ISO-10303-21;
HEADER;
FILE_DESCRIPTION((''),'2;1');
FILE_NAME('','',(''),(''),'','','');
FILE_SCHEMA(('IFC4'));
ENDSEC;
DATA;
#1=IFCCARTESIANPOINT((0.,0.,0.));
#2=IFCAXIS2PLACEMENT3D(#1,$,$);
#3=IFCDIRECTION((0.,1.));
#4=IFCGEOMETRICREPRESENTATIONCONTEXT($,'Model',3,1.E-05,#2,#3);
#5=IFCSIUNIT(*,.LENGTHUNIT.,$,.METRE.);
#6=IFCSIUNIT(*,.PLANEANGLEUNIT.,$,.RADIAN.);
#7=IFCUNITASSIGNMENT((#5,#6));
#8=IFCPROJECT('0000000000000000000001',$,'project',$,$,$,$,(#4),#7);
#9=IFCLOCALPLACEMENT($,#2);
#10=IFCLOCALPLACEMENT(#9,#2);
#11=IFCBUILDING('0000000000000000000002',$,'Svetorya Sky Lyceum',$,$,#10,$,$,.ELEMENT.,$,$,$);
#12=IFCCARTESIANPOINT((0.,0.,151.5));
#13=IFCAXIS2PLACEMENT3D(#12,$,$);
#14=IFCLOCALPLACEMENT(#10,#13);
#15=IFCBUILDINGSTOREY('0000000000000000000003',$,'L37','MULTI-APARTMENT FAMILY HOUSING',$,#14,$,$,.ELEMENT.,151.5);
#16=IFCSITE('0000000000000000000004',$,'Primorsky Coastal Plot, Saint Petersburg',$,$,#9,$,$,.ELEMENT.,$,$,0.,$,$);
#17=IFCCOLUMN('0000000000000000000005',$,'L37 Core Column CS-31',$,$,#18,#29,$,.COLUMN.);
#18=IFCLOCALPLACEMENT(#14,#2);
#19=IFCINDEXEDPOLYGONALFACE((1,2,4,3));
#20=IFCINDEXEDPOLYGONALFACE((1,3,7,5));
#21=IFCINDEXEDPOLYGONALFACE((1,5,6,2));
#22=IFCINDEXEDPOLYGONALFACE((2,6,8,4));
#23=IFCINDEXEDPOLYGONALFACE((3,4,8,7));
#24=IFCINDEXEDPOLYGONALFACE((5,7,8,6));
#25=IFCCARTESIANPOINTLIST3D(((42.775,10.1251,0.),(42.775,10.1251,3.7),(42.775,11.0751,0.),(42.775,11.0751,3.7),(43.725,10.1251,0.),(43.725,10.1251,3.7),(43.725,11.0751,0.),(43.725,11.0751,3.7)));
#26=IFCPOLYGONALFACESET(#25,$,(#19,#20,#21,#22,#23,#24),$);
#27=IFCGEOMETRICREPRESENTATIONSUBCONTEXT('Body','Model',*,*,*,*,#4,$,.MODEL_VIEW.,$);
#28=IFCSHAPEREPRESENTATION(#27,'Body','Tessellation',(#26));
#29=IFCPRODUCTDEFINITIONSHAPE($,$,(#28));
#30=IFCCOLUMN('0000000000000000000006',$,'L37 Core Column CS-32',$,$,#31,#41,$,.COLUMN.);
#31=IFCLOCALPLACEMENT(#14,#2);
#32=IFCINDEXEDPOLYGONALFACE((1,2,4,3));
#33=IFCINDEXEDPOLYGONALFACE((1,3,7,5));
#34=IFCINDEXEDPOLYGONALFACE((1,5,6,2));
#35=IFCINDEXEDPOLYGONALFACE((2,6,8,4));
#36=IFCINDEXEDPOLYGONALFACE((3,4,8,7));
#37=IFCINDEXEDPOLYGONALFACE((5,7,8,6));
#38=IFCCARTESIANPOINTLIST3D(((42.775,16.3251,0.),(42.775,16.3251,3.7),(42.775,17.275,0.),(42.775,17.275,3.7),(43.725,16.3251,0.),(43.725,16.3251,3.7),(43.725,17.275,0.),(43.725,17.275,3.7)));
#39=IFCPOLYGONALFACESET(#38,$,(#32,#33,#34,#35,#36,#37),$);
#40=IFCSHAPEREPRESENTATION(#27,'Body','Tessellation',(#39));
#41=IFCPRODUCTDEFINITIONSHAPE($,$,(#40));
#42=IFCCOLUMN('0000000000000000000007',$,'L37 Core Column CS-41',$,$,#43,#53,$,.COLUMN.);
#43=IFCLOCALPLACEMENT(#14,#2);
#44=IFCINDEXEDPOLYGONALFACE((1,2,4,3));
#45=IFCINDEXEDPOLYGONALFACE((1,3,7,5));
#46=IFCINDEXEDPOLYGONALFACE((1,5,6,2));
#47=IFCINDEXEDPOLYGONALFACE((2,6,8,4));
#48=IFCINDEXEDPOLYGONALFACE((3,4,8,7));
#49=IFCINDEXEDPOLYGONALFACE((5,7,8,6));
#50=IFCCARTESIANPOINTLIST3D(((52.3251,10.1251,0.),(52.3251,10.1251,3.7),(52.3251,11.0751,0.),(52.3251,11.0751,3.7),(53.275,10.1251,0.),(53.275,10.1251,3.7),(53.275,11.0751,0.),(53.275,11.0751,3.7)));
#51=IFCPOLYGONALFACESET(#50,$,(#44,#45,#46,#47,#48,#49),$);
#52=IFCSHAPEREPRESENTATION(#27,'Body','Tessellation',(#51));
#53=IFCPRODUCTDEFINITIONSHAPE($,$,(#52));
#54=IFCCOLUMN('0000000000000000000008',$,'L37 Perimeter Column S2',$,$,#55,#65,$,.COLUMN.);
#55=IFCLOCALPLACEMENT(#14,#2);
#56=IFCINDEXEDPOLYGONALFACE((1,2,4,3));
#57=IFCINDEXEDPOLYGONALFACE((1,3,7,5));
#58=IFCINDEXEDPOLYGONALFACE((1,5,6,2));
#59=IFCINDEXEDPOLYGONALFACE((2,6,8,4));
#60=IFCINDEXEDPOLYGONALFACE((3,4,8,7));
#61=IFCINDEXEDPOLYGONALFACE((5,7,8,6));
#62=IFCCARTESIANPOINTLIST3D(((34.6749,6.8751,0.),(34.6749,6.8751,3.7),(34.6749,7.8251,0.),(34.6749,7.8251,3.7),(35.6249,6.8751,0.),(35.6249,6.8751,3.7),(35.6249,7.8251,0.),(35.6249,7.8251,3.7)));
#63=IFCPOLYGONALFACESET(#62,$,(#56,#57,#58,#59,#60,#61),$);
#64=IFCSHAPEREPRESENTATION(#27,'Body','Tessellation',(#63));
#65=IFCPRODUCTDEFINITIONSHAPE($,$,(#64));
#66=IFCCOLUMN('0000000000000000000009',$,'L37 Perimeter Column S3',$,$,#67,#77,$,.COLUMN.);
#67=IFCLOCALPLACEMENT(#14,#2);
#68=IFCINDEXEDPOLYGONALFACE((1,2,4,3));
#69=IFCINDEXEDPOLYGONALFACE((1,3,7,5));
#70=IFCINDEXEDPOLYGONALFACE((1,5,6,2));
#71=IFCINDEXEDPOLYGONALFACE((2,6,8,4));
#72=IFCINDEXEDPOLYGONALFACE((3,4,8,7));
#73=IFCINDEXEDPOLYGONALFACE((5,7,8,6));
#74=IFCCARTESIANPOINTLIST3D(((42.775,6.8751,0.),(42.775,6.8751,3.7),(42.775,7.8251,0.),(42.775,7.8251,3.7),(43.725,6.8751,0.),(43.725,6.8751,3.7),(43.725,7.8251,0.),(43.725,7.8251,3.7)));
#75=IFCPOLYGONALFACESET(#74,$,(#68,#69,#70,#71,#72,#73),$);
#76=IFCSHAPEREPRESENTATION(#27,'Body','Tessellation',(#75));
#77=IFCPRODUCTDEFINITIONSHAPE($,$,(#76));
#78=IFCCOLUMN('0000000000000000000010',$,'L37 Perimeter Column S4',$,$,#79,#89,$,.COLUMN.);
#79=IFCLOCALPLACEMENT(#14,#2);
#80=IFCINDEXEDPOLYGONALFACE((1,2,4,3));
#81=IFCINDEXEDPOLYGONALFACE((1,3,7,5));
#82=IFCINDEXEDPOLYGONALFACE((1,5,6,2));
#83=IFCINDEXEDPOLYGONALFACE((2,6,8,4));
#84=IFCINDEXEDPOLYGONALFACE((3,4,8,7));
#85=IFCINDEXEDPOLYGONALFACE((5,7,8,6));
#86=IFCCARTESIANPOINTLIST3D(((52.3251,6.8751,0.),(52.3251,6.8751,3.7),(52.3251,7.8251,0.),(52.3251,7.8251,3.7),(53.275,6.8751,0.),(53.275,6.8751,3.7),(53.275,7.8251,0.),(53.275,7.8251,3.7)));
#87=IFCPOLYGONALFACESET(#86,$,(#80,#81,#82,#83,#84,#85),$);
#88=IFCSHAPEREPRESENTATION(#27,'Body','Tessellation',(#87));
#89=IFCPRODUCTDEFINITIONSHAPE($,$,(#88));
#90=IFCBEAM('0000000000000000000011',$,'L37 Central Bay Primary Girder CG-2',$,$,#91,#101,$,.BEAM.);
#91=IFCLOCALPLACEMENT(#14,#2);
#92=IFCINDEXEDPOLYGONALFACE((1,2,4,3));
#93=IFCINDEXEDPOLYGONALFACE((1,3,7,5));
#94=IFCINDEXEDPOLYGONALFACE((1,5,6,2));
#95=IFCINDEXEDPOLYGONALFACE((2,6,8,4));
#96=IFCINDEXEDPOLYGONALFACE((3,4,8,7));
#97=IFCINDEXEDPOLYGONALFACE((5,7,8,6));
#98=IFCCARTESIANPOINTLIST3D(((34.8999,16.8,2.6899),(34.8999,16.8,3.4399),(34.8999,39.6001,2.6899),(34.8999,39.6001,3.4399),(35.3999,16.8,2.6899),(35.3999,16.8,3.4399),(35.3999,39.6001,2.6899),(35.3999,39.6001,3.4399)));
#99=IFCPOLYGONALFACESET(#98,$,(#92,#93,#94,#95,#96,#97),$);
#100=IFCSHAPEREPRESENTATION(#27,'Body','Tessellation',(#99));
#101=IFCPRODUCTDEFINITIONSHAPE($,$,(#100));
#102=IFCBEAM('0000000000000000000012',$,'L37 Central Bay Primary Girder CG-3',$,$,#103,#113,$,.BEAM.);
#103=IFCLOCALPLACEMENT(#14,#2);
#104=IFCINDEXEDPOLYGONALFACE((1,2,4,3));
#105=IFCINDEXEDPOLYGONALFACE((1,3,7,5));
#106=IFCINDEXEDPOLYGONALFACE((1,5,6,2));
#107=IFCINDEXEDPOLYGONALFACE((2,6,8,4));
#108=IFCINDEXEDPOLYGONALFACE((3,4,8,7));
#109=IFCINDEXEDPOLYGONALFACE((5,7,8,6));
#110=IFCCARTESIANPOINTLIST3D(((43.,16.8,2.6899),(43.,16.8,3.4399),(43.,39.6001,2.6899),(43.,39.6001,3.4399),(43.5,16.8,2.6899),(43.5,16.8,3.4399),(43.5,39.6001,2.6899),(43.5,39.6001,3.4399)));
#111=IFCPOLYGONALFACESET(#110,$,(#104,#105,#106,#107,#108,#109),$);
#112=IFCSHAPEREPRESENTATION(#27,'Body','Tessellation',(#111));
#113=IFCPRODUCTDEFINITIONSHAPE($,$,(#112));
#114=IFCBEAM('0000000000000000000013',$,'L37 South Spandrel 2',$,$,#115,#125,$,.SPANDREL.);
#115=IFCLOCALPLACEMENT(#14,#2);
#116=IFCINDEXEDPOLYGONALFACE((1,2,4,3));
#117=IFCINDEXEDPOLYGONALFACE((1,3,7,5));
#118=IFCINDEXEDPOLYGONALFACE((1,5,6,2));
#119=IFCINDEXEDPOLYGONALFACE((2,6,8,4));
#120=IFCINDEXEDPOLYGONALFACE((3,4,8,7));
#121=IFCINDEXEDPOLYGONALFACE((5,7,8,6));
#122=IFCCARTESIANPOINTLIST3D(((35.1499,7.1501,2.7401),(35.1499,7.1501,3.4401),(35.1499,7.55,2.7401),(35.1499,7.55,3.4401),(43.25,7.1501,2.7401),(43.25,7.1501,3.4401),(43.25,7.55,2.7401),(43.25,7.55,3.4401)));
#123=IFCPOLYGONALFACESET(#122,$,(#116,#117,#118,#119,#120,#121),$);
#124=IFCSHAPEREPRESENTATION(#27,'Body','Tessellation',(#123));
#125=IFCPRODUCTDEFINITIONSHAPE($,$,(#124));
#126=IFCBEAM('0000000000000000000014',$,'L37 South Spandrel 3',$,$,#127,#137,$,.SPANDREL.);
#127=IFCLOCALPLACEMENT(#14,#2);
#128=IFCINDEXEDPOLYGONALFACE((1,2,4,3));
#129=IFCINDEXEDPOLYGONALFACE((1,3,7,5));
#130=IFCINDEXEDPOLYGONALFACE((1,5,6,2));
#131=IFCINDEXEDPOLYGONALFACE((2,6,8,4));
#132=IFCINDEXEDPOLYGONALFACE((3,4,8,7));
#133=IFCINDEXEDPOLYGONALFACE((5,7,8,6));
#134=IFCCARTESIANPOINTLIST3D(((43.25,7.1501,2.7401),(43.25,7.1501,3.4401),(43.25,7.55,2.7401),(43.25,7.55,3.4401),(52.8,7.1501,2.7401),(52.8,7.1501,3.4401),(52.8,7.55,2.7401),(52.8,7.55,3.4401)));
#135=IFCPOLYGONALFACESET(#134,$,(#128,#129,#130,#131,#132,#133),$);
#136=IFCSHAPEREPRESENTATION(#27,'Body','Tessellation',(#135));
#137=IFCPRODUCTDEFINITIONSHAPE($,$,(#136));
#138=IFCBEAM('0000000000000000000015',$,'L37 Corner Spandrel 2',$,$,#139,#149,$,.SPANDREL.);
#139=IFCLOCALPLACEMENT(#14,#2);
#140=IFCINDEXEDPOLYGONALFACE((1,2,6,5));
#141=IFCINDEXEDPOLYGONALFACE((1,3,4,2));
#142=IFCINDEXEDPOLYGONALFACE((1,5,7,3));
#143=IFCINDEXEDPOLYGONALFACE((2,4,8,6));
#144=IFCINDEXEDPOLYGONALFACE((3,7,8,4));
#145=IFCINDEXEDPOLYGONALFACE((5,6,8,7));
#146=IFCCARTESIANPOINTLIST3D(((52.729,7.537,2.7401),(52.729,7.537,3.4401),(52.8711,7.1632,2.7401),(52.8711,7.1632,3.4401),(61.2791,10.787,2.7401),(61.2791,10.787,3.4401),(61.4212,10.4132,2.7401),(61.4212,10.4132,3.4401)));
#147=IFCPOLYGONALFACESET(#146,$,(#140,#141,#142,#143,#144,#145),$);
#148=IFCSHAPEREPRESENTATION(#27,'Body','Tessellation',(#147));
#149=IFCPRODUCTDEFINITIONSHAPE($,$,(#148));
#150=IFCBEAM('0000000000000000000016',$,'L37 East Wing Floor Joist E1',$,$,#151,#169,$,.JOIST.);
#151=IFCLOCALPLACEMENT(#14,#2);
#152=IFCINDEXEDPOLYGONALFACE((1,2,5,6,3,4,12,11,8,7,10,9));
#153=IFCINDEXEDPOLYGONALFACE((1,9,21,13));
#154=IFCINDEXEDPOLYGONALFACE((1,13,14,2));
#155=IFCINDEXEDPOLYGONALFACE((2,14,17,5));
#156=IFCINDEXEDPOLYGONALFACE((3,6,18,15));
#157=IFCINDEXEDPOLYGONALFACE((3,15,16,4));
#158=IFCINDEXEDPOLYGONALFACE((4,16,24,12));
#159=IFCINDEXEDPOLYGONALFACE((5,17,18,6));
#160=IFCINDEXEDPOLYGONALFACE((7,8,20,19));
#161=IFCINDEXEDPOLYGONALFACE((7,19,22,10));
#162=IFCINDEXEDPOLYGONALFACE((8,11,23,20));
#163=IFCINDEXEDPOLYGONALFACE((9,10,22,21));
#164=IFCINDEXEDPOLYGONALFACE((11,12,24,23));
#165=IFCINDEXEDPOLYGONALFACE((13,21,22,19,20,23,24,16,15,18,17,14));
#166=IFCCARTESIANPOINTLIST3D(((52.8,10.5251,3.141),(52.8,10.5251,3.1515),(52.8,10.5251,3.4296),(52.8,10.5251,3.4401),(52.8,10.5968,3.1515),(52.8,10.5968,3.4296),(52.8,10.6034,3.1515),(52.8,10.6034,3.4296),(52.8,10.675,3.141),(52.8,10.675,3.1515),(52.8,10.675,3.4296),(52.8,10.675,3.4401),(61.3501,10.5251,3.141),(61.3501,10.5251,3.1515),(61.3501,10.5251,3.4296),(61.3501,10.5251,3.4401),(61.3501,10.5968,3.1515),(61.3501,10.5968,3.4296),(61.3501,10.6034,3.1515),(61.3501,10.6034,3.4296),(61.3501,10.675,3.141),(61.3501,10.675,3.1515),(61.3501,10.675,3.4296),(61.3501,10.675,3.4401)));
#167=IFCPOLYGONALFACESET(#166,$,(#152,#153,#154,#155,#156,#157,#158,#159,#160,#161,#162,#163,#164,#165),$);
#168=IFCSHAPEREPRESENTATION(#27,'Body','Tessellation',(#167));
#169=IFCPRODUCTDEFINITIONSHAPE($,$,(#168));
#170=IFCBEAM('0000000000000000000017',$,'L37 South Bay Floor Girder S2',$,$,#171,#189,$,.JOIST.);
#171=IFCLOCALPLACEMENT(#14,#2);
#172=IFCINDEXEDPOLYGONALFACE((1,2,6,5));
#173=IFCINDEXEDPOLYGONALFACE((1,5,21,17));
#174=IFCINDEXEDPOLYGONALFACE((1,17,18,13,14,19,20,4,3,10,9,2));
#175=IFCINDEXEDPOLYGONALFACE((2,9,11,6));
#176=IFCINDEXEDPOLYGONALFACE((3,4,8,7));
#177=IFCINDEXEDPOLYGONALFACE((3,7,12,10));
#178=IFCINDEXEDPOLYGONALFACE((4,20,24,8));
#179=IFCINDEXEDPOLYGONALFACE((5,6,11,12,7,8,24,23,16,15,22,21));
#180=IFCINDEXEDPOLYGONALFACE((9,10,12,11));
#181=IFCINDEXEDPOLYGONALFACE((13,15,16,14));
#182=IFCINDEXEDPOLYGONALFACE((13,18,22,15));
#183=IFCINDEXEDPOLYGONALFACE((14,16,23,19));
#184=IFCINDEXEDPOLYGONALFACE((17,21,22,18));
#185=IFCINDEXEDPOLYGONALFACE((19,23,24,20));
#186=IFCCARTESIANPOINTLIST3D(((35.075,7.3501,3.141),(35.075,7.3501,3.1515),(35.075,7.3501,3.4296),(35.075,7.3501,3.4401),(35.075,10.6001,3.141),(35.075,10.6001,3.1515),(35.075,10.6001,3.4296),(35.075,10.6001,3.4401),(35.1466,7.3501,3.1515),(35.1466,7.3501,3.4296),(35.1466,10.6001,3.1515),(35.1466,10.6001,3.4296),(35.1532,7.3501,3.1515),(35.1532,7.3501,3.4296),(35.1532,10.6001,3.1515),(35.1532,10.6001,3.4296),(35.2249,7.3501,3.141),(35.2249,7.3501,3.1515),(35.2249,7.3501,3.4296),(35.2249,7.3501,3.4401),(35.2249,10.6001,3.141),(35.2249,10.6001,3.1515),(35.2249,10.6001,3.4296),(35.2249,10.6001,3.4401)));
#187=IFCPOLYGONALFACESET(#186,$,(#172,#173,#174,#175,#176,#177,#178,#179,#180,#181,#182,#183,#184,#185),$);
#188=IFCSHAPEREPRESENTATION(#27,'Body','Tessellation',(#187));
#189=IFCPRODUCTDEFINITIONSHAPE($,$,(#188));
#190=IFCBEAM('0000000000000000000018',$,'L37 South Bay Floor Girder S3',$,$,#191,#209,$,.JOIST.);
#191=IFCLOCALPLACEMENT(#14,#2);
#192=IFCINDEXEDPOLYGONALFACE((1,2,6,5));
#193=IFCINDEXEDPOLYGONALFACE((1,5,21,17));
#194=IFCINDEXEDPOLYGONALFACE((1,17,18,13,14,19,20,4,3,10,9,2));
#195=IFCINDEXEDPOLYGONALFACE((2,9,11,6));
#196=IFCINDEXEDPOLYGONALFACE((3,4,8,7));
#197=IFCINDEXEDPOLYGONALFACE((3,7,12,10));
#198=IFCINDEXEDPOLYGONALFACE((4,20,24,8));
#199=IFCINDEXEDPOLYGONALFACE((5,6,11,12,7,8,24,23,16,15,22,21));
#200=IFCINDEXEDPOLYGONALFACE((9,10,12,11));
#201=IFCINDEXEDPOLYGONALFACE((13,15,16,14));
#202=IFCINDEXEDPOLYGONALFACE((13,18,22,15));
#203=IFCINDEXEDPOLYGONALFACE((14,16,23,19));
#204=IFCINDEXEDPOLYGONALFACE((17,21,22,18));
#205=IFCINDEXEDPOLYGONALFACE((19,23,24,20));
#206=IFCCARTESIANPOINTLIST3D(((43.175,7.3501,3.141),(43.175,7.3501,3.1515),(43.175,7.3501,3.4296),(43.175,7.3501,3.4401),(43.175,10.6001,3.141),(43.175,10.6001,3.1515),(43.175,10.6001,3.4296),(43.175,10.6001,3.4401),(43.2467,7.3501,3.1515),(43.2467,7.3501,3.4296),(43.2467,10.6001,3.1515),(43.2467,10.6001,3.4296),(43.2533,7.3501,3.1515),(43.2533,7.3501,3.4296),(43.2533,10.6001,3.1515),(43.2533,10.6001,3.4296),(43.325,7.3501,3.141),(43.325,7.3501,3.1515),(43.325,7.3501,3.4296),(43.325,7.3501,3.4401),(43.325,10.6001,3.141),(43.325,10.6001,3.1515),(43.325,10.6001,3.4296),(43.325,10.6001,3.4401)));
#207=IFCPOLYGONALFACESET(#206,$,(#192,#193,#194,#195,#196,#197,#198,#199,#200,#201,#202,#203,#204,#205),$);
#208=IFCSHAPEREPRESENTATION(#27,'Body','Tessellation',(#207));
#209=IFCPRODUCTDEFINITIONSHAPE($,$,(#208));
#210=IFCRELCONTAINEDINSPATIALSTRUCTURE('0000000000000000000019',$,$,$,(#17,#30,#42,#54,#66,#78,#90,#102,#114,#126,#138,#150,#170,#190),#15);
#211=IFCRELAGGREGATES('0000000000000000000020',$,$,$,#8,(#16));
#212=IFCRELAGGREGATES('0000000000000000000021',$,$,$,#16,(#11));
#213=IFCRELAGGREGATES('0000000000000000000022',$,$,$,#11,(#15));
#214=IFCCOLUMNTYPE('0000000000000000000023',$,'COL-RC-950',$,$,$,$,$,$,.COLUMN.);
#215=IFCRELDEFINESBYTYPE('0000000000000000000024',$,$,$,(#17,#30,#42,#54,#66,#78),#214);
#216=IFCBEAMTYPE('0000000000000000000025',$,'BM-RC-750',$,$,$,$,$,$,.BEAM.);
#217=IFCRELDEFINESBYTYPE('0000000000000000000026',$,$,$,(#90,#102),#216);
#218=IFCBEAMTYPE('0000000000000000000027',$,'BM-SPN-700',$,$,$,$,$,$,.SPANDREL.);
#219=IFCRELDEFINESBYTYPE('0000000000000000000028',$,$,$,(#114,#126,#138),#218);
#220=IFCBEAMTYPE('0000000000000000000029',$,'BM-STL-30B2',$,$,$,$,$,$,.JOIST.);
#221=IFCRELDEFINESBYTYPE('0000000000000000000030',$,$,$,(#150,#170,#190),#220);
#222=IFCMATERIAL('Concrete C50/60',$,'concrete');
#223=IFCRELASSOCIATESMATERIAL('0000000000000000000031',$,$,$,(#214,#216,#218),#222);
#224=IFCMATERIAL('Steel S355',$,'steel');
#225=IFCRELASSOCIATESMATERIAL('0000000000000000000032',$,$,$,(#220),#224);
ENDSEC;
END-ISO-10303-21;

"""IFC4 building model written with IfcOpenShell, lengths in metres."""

from ifc_helpers import new_model, si_unit, direction, frame, origin, origin_2d, place, context, subcontext, project, spatial, rectangle, i_section, extrude, material, material_profile, profile_set, type_object, element, save


model = new_model("IFC4")

# Units and contexts
model_context = context("Model", 3, precision=1e-05, world=origin(), true_north=direction((0.0, 1.0)))
body_context = subcontext(model_context, "Body", "Model", "MODEL_VIEW")
ifc_project = project(units=[si_unit("LENGTHUNIT", "METRE"), si_unit("PLANEANGLEUNIT", "RADIAN")], contexts=[model_context])

# Site, building, storey
site_placement = place(None, origin())
site = spatial("IfcSite", under=ifc_project, at=site_placement, Name="Primorsky Coastal Plot, Saint Petersburg", CompositionType="ELEMENT", RefElevation=0.0)
building_placement = place(site_placement, origin())
building = spatial("IfcBuilding", under=site, at=building_placement, Name="Svetorya Sky Lyceum", CompositionType="ELEMENT")
storey_placement = place(building_placement, frame((0.0, 0.0, 151.5)))
storey = spatial("IfcBuildingStorey", under=building, at=storey_placement, Name="L37", Description="MULTI-APARTMENT FAMILY HOUSING", CompositionType="ELEMENT", Elevation=151.5)

# Columns
ifc_material_1 = material(Name="Concrete C50/60", Category="concrete")
ifc_material_profile_1 = material_profile(ifc_material_1, rectangle(XDim=0.95, YDim=0.95, at=origin_2d()), Name="RC COL 950x950")
ifc_profile_set_1 = profile_set([ifc_material_profile_1], Name="Concrete C50/60")
column_type = type_object("IfcColumnType", Name="COL-RC-950", PredefinedType="COLUMN", material=ifc_profile_set_1)
for number, where, z_axis, x_axis, name in (
    (1, (43.25, 10.6001, 0.0), (0.0, 0.0, 1.0), (1.0, 0.0, 0.0), "L37 Core Column CS-31"),
    (2, (43.25, 16.8, 0.0), (0.0, 0.0, 1.0), (1.0, 0.0, 0.0), "L37 Core Column CS-32"),
    (3, (52.8, 10.6001, 0.0), (0.0, 0.0, 1.0), (1.0, 0.0, 0.0), "L37 Core Column CS-41"),
    (4, (35.1499, 7.3501, 0.0), (0.0, 0.0, 1.0), (1.0, 0.0, 0.0), "L37 Perimeter Column S2"),
    (5, (43.25, 7.3501, 0.0), (0.0, 0.0, 1.0), (1.0, 0.0, 0.0), "L37 Perimeter Column S3"),
    (6, (52.8, 7.3501, 0.0), (0.0, 0.0, 1.0), (1.0, 0.0, 0.0), "L37 Perimeter Column S4"),
):
    element("IfcColumn", number, at=place(storey_placement, frame(where, z_axis=z_axis, x_axis=x_axis)), inside=storey, type_object=column_type, Name=name, PredefinedType="COLUMN", context=body_context, shape_type="SweptSolid", body=[
        extrude(rectangle(XDim=0.95, YDim=0.95, at=origin_2d()), origin(), (0.0, 0.0, 1.0), 3.7),
    ])

# Beams
ifc_material_profile_2 = material_profile(ifc_material_1, rectangle(XDim=0.5, YDim=0.75, at=origin_2d()), Name="RC BEAM 500x750")
ifc_profile_set_2 = profile_set([ifc_material_profile_2], Name="Concrete C50/60")
beam_type_1 = type_object("IfcBeamType", Name="BM-RC-750", PredefinedType="BEAM", material=ifc_profile_set_2)
for number, where, z_axis, x_axis, name in (
    (7, (35.1499, 16.8, 3.0649), (0.0, 1.0, 0.0), (-1.0, 0.0, 0.0), "L37 Central Bay Primary Girder CG-2"),
    (8, (43.25, 16.8, 3.0649), (0.0, 1.0, 0.0), (-1.0, 0.0, 0.0), "L37 Central Bay Primary Girder CG-3"),
):
    element("IfcBeam", number, at=place(storey_placement, frame(where, z_axis=z_axis, x_axis=x_axis)), inside=storey, type_object=beam_type_1, Name=name, PredefinedType="BEAM", context=body_context, shape_type="SweptSolid", body=[
        extrude(rectangle(XDim=0.5, YDim=0.75, at=origin_2d()), origin(), (0.0, 0.0, 1.0), 22.8),
    ])
ifc_material_profile_3 = material_profile(ifc_material_1, rectangle(XDim=0.3999, YDim=0.7, at=origin_2d()), Name="RC SPANDREL 400x700")
ifc_profile_set_3 = profile_set([ifc_material_profile_3], Name="Concrete C50/60")
beam_type_2 = type_object("IfcBeamType", Name="BM-SPN-700", PredefinedType="SPANDREL", material=ifc_profile_set_3)
beam_1_placement = place(storey_placement, frame((35.1499, 7.3501, 3.0901), z_axis=(1.0, 0.0, 0.0), x_axis=(0.0, 1.0, 0.0)))
element("IfcBeam", 9, at=beam_1_placement, inside=storey, type_object=beam_type_2, Name="L37 South Spandrel 2", PredefinedType="SPANDREL", context=body_context, shape_type="SweptSolid", body=[
    extrude(rectangle(XDim=0.3999, YDim=0.7, at=origin_2d()), origin(), (0.0, 0.0, 1.0), 8.1001),
])
beam_2_placement = place(storey_placement, frame((43.25, 7.3501, 3.0901), z_axis=(1.0, 0.0, 0.0), x_axis=(0.0, 1.0, 0.0)))
element("IfcBeam", 10, at=beam_2_placement, inside=storey, type_object=beam_type_2, Name="L37 South Spandrel 3", PredefinedType="SPANDREL", context=body_context, shape_type="SweptSolid", body=[
    extrude(rectangle(XDim=0.3999, YDim=0.7, at=origin_2d()), origin(), (0.0, 0.0, 1.0), 9.55),
])
beam_3_placement = place(storey_placement, frame((52.8, 7.3501, 3.0901), z_axis=(0.934748, 0.355312, 0.0), x_axis=(-0.355312, 0.934748, 0.0)))
element("IfcBeam", 11, at=beam_3_placement, inside=storey, type_object=beam_type_2, Name="L37 Corner Spandrel 2", PredefinedType="SPANDREL", context=body_context, shape_type="SweptSolid", body=[
    extrude(rectangle(XDim=0.3999, YDim=0.7, at=origin_2d()), origin(), (0.0, 0.0, 1.0), 9.147),
])
ifc_material_2 = material(Name="Steel S355", Category="steel")
ifc_material_profile_4 = material_profile(ifc_material_2, i_section(OverallWidth=0.1499, OverallDepth=0.2991, WebThickness=0.0066, FlangeThickness=0.0105, at=origin_2d()), Name="GOST 30B2")
ifc_profile_set_4 = profile_set([ifc_material_profile_4], Name="Steel S355")
beam_type_3 = type_object("IfcBeamType", Name="BM-STL-30B2", PredefinedType="JOIST", material=ifc_profile_set_4)
beam_4_placement = place(storey_placement, frame((52.8, 10.6001, 3.2905), z_axis=(1.0, 0.0, 0.0), x_axis=(0.0, 1.0, 0.0)))
element("IfcBeam", 12, at=beam_4_placement, inside=storey, type_object=beam_type_3, Name="L37 East Wing Floor Joist E1", PredefinedType="JOIST", context=body_context, shape_type="SweptSolid", body=[
    extrude(i_section(OverallWidth=0.1499, OverallDepth=0.2991, WebThickness=0.0066, FlangeThickness=0.0105, at=origin_2d()), origin(), (0.0, 0.0, 1.0), 8.55),
])
for number, where, z_axis, x_axis, name in (
    (13, (35.1499, 7.3501, 3.2905), (0.0, 1.0, 0.0), (-1.0, 0.0, 0.0), "L37 South Bay Floor Girder S2"),
    (14, (43.25, 7.3501, 3.2905), (0.0, 1.0, 0.0), (-1.0, 0.0, 0.0), "L37 South Bay Floor Girder S3"),
):
    element("IfcBeam", number, at=place(storey_placement, frame(where, z_axis=z_axis, x_axis=x_axis)), inside=storey, type_object=beam_type_3, Name=name, PredefinedType="JOIST", context=body_context, shape_type="SweptSolid", body=[
        extrude(i_section(OverallWidth=0.1499, OverallDepth=0.2991, WebThickness=0.0066, FlangeThickness=0.0105, at=origin_2d()), origin(), (0.0, 0.0, 1.0), 3.25),
    ])

save(model, "model.ifc")
